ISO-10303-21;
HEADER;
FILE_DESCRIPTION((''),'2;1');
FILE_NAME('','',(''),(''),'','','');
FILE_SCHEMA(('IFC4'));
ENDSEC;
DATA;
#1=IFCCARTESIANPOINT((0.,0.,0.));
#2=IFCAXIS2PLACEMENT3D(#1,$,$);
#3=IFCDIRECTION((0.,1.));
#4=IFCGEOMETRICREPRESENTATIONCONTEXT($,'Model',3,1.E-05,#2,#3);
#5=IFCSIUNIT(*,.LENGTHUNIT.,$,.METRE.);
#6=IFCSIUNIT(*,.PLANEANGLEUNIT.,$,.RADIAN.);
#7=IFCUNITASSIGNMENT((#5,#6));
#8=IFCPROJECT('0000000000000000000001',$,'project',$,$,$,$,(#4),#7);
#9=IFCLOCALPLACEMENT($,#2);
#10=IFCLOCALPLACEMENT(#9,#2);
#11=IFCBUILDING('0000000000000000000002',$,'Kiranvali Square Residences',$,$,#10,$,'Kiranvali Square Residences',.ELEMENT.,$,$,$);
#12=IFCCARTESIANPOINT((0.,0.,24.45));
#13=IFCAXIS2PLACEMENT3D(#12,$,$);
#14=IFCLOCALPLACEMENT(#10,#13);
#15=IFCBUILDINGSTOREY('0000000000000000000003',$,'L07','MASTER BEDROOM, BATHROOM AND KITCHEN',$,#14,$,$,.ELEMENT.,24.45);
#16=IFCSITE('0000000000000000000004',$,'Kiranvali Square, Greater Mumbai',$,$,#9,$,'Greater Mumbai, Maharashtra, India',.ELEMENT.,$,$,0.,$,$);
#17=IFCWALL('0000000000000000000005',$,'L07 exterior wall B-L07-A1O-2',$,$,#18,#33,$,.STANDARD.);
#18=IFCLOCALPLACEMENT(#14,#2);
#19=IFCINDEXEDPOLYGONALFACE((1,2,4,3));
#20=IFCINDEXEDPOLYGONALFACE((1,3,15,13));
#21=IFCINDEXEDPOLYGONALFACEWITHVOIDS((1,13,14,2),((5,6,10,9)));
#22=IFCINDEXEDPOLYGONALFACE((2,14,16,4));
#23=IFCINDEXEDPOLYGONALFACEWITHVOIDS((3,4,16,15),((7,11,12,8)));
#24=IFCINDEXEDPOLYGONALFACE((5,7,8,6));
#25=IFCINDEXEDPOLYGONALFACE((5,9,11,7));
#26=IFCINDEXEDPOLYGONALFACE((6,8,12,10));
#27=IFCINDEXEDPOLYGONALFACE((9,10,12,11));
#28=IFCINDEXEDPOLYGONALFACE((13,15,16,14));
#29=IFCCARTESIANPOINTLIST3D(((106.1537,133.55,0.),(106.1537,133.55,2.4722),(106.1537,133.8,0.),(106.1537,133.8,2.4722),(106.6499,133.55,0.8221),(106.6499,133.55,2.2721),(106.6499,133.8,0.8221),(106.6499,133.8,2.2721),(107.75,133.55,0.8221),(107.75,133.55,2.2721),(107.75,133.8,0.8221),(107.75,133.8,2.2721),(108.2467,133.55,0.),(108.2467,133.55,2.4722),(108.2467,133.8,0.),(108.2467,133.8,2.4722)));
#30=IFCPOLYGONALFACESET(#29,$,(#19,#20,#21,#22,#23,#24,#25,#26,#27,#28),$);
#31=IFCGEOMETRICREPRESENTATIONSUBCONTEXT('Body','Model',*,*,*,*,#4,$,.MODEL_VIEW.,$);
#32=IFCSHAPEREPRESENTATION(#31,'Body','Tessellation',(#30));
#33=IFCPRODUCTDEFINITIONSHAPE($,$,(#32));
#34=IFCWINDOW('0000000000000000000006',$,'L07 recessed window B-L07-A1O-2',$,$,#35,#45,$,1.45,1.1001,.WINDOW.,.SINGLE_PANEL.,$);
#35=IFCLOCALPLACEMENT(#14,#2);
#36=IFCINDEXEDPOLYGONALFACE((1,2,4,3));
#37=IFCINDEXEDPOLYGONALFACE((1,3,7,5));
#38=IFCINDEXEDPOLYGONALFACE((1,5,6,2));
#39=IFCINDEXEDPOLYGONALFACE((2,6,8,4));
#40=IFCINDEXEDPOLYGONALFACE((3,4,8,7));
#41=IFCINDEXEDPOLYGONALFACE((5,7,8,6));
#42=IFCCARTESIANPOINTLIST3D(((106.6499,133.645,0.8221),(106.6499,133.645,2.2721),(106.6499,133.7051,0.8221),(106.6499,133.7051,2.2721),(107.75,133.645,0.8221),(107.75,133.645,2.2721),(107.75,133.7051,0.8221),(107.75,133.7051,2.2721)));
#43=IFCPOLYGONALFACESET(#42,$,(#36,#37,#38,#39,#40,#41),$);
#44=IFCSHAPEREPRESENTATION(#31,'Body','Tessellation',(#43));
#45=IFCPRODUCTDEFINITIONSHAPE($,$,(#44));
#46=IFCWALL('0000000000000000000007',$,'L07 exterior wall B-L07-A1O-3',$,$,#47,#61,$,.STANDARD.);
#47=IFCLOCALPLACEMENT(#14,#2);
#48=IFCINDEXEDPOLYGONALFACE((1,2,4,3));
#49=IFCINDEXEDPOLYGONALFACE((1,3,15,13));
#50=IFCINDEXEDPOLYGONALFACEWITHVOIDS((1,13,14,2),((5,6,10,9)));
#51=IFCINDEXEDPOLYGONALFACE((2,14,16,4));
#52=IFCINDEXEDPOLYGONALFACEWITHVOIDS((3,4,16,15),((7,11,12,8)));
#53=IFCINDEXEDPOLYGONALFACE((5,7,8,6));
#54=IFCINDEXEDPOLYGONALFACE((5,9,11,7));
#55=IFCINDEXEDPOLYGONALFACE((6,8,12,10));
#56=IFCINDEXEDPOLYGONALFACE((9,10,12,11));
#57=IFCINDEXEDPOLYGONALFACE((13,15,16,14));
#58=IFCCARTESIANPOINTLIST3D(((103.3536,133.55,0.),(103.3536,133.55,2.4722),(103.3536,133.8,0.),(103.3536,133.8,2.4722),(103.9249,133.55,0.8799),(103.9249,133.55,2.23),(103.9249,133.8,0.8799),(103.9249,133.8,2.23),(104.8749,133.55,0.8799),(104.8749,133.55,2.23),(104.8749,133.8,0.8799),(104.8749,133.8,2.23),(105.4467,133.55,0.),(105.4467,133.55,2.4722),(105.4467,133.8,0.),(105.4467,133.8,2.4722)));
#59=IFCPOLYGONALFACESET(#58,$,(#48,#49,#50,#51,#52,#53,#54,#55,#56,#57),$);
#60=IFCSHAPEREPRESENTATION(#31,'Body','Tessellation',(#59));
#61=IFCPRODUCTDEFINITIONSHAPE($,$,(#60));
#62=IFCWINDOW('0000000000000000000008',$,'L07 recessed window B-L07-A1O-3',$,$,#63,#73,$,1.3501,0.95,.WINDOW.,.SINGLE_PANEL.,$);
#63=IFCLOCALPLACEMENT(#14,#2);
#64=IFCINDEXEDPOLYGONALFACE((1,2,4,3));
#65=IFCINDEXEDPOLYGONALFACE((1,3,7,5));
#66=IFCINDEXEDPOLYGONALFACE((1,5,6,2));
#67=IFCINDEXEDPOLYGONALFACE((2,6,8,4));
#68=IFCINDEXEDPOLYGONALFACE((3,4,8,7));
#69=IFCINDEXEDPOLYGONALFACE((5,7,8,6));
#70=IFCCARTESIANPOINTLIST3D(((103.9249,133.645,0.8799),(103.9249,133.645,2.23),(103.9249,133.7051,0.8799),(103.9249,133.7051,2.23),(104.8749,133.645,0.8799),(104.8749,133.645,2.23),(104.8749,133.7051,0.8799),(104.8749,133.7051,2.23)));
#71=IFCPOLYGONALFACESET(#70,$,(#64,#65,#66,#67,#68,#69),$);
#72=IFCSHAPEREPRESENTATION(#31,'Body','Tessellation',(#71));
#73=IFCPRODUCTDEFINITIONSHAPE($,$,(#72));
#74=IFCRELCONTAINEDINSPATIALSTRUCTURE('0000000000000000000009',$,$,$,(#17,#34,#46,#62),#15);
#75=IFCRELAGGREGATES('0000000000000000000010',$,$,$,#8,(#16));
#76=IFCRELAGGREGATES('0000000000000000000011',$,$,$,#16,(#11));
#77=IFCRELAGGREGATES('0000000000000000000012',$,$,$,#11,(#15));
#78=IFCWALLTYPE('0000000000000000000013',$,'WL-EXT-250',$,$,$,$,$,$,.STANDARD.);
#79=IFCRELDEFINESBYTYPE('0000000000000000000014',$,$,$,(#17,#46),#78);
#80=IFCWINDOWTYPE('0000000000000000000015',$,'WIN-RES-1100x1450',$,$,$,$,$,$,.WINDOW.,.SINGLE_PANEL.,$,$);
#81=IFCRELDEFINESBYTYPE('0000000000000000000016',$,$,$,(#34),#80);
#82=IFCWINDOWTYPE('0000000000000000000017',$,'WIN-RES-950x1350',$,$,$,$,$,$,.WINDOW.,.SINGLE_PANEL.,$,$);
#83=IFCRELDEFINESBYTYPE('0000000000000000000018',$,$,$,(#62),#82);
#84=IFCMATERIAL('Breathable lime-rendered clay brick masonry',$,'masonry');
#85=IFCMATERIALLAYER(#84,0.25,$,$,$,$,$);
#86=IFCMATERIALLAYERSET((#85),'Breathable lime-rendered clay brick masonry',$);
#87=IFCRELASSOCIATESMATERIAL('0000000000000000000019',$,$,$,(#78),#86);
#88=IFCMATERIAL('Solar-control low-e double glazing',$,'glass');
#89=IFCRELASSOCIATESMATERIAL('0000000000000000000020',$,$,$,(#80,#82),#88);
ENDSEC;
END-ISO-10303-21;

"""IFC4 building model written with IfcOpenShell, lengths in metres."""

from ifc_helpers import new_model, si_unit, direction, frame, frame_2d, origin, place, context, subcontext, project, spatial, rectangle, extrude, material, layer, layer_set, type_object, element, fill, save


model = new_model("IFC4")

# Units and contexts
model_context = context("Model", 3, precision=1e-05, world=origin(), true_north=direction((0.0, 1.0)))
body_context = subcontext(model_context, "Body", "Model", "MODEL_VIEW")
ifc_project = project(units=[si_unit("LENGTHUNIT", "METRE"), si_unit("PLANEANGLEUNIT", "RADIAN")], contexts=[model_context])

# Site, building, storey
site_placement = place(None, origin())
site = spatial("IfcSite", under=ifc_project, at=site_placement, Name="Kiranvali Square, Greater Mumbai", LongName="Greater Mumbai, Maharashtra, India", CompositionType="ELEMENT", RefElevation=0.0)
building_placement = place(site_placement, origin())
building = spatial("IfcBuilding", under=site, at=building_placement, Name="Kiranvali Square Residences", LongName="Kiranvali Square Residences", CompositionType="ELEMENT")
storey_placement = place(building_placement, frame((0.0, 0.0, 24.45)))
storey = spatial("IfcBuildingStorey", under=building, at=storey_placement, Name="L07", Description="MASTER BEDROOM, BATHROOM AND KITCHEN", CompositionType="ELEMENT", Elevation=24.45)

# Walls, openings, windows
ifc_material_1 = material(Name="Breathable lime-rendered clay brick masonry", Category="masonry")
ifc_layer = layer(ifc_material_1, 0.25)
ifc_layer_set = layer_set([ifc_layer], Name="Breathable lime-rendered clay brick masonry")
wall_type = type_object("IfcWallType", Name="WL-EXT-250", PredefinedType="STANDARD", material=ifc_layer_set)
wall_1_placement = place(storey_placement, frame((108.2466, 133.675, 0.0), z_axis=(0.0, 0.0, 1.0), x_axis=(-1.0, 0.0, 0.0)))
wall_1 = element("IfcWall", 1, at=wall_1_placement, inside=storey, type_object=wall_type, Name="L07 exterior wall B-L07-A1O-2", PredefinedType="STANDARD", context=body_context, shape_type="SweptSolid", body=[
    extrude(rectangle(XDim=2.093, YDim=0.25, at=frame_2d((1.0464, 0.0))), origin(), (0.0, 0.0, 1.0), 2.4722),
])
opening_1_placement = place(wall_1_placement, frame((0.4966, 0.0, 0.822)))
opening_1 = element("IfcOpeningElement", 2, at=opening_1_placement, cuts=wall_1, PredefinedType="OPENING", context=body_context, shape_type="SweptSolid", body=[
    extrude(rectangle(XDim=1.1001, YDim=1.45, at=frame_2d((0.55, 0.7251))), frame((0.0, 0.135, 0.0), z_axis=(0.0, -1.0, 0.0), x_axis=(1.0, 0.0, 0.0)), (0.0, 0.0, 1.0), 0.27),
])
ifc_material_2 = material(Name="Solar-control low-e double glazing", Category="glass")
window_type_1 = type_object("IfcWindowType", Name="WIN-RES-1100x1450", PartitioningType="SINGLE_PANEL", PredefinedType="WINDOW", material=ifc_material_2)
window_1_placement = place(opening_1_placement, origin())
window_1 = element("IfcWindow", 3, at=window_1_placement, inside=storey, type_object=window_type_1, Name="L07 recessed window B-L07-A1O-2", OverallHeight=1.45, OverallWidth=1.1001, PartitioningType="SINGLE_PANEL", PredefinedType="WINDOW", context=body_context, shape_type="SweptSolid", body=[
    extrude(rectangle(XDim=1.1001, YDim=1.45, at=frame_2d((0.55, 0.7251))), frame((0.0, 0.03, 0.0), z_axis=(0.0, -1.0, 0.0), x_axis=(1.0, 0.0, 0.0)), (0.0, 0.0, 1.0), 0.0601),
])
fill(opening_1, window_1)
wall_2_placement = place(storey_placement, frame((105.4465, 133.675, 0.0), z_axis=(0.0, 0.0, 1.0), x_axis=(-1.0, 0.0, 0.0)))
wall_2 = element("IfcWall", 4, at=wall_2_placement, inside=storey, type_object=wall_type, Name="L07 exterior wall B-L07-A1O-3", PredefinedType="STANDARD", context=body_context, shape_type="SweptSolid", body=[
    extrude(rectangle(XDim=2.093, YDim=0.25, at=frame_2d((1.0464, 0.0))), origin(), (0.0, 0.0, 1.0), 2.4722),
])
opening_2_placement = place(wall_2_placement, frame((0.5715, 0.0, 0.8799)))
opening_2 = element("IfcOpeningElement", 5, at=opening_2_placement, cuts=wall_2, PredefinedType="OPENING", context=body_context, shape_type="SweptSolid", body=[
    extrude(rectangle(XDim=0.95, YDim=1.3501, at=frame_2d((0.4751, 0.675))), frame((0.0, 0.135, 0.0), z_axis=(0.0, -1.0, 0.0), x_axis=(1.0, 0.0, 0.0)), (0.0, 0.0, 1.0), 0.27),
])
window_type_2 = type_object("IfcWindowType", Name="WIN-RES-950x1350", PartitioningType="SINGLE_PANEL", PredefinedType="WINDOW", material=ifc_material_2)
window_2_placement = place(opening_2_placement, origin())
window_2 = element("IfcWindow", 6, at=window_2_placement, inside=storey, type_object=window_type_2, Name="L07 recessed window B-L07-A1O-3", OverallHeight=1.3501, OverallWidth=0.95, PartitioningType="SINGLE_PANEL", PredefinedType="WINDOW", context=body_context, shape_type="SweptSolid", body=[
    extrude(rectangle(XDim=0.95, YDim=1.3501, at=frame_2d((0.4751, 0.675))), frame((0.0, 0.03, 0.0), z_axis=(0.0, -1.0, 0.0), x_axis=(1.0, 0.0, 0.0)), (0.0, 0.0, 1.0), 0.0601),
])
fill(opening_2, window_2)

save(model, "model.ifc")
